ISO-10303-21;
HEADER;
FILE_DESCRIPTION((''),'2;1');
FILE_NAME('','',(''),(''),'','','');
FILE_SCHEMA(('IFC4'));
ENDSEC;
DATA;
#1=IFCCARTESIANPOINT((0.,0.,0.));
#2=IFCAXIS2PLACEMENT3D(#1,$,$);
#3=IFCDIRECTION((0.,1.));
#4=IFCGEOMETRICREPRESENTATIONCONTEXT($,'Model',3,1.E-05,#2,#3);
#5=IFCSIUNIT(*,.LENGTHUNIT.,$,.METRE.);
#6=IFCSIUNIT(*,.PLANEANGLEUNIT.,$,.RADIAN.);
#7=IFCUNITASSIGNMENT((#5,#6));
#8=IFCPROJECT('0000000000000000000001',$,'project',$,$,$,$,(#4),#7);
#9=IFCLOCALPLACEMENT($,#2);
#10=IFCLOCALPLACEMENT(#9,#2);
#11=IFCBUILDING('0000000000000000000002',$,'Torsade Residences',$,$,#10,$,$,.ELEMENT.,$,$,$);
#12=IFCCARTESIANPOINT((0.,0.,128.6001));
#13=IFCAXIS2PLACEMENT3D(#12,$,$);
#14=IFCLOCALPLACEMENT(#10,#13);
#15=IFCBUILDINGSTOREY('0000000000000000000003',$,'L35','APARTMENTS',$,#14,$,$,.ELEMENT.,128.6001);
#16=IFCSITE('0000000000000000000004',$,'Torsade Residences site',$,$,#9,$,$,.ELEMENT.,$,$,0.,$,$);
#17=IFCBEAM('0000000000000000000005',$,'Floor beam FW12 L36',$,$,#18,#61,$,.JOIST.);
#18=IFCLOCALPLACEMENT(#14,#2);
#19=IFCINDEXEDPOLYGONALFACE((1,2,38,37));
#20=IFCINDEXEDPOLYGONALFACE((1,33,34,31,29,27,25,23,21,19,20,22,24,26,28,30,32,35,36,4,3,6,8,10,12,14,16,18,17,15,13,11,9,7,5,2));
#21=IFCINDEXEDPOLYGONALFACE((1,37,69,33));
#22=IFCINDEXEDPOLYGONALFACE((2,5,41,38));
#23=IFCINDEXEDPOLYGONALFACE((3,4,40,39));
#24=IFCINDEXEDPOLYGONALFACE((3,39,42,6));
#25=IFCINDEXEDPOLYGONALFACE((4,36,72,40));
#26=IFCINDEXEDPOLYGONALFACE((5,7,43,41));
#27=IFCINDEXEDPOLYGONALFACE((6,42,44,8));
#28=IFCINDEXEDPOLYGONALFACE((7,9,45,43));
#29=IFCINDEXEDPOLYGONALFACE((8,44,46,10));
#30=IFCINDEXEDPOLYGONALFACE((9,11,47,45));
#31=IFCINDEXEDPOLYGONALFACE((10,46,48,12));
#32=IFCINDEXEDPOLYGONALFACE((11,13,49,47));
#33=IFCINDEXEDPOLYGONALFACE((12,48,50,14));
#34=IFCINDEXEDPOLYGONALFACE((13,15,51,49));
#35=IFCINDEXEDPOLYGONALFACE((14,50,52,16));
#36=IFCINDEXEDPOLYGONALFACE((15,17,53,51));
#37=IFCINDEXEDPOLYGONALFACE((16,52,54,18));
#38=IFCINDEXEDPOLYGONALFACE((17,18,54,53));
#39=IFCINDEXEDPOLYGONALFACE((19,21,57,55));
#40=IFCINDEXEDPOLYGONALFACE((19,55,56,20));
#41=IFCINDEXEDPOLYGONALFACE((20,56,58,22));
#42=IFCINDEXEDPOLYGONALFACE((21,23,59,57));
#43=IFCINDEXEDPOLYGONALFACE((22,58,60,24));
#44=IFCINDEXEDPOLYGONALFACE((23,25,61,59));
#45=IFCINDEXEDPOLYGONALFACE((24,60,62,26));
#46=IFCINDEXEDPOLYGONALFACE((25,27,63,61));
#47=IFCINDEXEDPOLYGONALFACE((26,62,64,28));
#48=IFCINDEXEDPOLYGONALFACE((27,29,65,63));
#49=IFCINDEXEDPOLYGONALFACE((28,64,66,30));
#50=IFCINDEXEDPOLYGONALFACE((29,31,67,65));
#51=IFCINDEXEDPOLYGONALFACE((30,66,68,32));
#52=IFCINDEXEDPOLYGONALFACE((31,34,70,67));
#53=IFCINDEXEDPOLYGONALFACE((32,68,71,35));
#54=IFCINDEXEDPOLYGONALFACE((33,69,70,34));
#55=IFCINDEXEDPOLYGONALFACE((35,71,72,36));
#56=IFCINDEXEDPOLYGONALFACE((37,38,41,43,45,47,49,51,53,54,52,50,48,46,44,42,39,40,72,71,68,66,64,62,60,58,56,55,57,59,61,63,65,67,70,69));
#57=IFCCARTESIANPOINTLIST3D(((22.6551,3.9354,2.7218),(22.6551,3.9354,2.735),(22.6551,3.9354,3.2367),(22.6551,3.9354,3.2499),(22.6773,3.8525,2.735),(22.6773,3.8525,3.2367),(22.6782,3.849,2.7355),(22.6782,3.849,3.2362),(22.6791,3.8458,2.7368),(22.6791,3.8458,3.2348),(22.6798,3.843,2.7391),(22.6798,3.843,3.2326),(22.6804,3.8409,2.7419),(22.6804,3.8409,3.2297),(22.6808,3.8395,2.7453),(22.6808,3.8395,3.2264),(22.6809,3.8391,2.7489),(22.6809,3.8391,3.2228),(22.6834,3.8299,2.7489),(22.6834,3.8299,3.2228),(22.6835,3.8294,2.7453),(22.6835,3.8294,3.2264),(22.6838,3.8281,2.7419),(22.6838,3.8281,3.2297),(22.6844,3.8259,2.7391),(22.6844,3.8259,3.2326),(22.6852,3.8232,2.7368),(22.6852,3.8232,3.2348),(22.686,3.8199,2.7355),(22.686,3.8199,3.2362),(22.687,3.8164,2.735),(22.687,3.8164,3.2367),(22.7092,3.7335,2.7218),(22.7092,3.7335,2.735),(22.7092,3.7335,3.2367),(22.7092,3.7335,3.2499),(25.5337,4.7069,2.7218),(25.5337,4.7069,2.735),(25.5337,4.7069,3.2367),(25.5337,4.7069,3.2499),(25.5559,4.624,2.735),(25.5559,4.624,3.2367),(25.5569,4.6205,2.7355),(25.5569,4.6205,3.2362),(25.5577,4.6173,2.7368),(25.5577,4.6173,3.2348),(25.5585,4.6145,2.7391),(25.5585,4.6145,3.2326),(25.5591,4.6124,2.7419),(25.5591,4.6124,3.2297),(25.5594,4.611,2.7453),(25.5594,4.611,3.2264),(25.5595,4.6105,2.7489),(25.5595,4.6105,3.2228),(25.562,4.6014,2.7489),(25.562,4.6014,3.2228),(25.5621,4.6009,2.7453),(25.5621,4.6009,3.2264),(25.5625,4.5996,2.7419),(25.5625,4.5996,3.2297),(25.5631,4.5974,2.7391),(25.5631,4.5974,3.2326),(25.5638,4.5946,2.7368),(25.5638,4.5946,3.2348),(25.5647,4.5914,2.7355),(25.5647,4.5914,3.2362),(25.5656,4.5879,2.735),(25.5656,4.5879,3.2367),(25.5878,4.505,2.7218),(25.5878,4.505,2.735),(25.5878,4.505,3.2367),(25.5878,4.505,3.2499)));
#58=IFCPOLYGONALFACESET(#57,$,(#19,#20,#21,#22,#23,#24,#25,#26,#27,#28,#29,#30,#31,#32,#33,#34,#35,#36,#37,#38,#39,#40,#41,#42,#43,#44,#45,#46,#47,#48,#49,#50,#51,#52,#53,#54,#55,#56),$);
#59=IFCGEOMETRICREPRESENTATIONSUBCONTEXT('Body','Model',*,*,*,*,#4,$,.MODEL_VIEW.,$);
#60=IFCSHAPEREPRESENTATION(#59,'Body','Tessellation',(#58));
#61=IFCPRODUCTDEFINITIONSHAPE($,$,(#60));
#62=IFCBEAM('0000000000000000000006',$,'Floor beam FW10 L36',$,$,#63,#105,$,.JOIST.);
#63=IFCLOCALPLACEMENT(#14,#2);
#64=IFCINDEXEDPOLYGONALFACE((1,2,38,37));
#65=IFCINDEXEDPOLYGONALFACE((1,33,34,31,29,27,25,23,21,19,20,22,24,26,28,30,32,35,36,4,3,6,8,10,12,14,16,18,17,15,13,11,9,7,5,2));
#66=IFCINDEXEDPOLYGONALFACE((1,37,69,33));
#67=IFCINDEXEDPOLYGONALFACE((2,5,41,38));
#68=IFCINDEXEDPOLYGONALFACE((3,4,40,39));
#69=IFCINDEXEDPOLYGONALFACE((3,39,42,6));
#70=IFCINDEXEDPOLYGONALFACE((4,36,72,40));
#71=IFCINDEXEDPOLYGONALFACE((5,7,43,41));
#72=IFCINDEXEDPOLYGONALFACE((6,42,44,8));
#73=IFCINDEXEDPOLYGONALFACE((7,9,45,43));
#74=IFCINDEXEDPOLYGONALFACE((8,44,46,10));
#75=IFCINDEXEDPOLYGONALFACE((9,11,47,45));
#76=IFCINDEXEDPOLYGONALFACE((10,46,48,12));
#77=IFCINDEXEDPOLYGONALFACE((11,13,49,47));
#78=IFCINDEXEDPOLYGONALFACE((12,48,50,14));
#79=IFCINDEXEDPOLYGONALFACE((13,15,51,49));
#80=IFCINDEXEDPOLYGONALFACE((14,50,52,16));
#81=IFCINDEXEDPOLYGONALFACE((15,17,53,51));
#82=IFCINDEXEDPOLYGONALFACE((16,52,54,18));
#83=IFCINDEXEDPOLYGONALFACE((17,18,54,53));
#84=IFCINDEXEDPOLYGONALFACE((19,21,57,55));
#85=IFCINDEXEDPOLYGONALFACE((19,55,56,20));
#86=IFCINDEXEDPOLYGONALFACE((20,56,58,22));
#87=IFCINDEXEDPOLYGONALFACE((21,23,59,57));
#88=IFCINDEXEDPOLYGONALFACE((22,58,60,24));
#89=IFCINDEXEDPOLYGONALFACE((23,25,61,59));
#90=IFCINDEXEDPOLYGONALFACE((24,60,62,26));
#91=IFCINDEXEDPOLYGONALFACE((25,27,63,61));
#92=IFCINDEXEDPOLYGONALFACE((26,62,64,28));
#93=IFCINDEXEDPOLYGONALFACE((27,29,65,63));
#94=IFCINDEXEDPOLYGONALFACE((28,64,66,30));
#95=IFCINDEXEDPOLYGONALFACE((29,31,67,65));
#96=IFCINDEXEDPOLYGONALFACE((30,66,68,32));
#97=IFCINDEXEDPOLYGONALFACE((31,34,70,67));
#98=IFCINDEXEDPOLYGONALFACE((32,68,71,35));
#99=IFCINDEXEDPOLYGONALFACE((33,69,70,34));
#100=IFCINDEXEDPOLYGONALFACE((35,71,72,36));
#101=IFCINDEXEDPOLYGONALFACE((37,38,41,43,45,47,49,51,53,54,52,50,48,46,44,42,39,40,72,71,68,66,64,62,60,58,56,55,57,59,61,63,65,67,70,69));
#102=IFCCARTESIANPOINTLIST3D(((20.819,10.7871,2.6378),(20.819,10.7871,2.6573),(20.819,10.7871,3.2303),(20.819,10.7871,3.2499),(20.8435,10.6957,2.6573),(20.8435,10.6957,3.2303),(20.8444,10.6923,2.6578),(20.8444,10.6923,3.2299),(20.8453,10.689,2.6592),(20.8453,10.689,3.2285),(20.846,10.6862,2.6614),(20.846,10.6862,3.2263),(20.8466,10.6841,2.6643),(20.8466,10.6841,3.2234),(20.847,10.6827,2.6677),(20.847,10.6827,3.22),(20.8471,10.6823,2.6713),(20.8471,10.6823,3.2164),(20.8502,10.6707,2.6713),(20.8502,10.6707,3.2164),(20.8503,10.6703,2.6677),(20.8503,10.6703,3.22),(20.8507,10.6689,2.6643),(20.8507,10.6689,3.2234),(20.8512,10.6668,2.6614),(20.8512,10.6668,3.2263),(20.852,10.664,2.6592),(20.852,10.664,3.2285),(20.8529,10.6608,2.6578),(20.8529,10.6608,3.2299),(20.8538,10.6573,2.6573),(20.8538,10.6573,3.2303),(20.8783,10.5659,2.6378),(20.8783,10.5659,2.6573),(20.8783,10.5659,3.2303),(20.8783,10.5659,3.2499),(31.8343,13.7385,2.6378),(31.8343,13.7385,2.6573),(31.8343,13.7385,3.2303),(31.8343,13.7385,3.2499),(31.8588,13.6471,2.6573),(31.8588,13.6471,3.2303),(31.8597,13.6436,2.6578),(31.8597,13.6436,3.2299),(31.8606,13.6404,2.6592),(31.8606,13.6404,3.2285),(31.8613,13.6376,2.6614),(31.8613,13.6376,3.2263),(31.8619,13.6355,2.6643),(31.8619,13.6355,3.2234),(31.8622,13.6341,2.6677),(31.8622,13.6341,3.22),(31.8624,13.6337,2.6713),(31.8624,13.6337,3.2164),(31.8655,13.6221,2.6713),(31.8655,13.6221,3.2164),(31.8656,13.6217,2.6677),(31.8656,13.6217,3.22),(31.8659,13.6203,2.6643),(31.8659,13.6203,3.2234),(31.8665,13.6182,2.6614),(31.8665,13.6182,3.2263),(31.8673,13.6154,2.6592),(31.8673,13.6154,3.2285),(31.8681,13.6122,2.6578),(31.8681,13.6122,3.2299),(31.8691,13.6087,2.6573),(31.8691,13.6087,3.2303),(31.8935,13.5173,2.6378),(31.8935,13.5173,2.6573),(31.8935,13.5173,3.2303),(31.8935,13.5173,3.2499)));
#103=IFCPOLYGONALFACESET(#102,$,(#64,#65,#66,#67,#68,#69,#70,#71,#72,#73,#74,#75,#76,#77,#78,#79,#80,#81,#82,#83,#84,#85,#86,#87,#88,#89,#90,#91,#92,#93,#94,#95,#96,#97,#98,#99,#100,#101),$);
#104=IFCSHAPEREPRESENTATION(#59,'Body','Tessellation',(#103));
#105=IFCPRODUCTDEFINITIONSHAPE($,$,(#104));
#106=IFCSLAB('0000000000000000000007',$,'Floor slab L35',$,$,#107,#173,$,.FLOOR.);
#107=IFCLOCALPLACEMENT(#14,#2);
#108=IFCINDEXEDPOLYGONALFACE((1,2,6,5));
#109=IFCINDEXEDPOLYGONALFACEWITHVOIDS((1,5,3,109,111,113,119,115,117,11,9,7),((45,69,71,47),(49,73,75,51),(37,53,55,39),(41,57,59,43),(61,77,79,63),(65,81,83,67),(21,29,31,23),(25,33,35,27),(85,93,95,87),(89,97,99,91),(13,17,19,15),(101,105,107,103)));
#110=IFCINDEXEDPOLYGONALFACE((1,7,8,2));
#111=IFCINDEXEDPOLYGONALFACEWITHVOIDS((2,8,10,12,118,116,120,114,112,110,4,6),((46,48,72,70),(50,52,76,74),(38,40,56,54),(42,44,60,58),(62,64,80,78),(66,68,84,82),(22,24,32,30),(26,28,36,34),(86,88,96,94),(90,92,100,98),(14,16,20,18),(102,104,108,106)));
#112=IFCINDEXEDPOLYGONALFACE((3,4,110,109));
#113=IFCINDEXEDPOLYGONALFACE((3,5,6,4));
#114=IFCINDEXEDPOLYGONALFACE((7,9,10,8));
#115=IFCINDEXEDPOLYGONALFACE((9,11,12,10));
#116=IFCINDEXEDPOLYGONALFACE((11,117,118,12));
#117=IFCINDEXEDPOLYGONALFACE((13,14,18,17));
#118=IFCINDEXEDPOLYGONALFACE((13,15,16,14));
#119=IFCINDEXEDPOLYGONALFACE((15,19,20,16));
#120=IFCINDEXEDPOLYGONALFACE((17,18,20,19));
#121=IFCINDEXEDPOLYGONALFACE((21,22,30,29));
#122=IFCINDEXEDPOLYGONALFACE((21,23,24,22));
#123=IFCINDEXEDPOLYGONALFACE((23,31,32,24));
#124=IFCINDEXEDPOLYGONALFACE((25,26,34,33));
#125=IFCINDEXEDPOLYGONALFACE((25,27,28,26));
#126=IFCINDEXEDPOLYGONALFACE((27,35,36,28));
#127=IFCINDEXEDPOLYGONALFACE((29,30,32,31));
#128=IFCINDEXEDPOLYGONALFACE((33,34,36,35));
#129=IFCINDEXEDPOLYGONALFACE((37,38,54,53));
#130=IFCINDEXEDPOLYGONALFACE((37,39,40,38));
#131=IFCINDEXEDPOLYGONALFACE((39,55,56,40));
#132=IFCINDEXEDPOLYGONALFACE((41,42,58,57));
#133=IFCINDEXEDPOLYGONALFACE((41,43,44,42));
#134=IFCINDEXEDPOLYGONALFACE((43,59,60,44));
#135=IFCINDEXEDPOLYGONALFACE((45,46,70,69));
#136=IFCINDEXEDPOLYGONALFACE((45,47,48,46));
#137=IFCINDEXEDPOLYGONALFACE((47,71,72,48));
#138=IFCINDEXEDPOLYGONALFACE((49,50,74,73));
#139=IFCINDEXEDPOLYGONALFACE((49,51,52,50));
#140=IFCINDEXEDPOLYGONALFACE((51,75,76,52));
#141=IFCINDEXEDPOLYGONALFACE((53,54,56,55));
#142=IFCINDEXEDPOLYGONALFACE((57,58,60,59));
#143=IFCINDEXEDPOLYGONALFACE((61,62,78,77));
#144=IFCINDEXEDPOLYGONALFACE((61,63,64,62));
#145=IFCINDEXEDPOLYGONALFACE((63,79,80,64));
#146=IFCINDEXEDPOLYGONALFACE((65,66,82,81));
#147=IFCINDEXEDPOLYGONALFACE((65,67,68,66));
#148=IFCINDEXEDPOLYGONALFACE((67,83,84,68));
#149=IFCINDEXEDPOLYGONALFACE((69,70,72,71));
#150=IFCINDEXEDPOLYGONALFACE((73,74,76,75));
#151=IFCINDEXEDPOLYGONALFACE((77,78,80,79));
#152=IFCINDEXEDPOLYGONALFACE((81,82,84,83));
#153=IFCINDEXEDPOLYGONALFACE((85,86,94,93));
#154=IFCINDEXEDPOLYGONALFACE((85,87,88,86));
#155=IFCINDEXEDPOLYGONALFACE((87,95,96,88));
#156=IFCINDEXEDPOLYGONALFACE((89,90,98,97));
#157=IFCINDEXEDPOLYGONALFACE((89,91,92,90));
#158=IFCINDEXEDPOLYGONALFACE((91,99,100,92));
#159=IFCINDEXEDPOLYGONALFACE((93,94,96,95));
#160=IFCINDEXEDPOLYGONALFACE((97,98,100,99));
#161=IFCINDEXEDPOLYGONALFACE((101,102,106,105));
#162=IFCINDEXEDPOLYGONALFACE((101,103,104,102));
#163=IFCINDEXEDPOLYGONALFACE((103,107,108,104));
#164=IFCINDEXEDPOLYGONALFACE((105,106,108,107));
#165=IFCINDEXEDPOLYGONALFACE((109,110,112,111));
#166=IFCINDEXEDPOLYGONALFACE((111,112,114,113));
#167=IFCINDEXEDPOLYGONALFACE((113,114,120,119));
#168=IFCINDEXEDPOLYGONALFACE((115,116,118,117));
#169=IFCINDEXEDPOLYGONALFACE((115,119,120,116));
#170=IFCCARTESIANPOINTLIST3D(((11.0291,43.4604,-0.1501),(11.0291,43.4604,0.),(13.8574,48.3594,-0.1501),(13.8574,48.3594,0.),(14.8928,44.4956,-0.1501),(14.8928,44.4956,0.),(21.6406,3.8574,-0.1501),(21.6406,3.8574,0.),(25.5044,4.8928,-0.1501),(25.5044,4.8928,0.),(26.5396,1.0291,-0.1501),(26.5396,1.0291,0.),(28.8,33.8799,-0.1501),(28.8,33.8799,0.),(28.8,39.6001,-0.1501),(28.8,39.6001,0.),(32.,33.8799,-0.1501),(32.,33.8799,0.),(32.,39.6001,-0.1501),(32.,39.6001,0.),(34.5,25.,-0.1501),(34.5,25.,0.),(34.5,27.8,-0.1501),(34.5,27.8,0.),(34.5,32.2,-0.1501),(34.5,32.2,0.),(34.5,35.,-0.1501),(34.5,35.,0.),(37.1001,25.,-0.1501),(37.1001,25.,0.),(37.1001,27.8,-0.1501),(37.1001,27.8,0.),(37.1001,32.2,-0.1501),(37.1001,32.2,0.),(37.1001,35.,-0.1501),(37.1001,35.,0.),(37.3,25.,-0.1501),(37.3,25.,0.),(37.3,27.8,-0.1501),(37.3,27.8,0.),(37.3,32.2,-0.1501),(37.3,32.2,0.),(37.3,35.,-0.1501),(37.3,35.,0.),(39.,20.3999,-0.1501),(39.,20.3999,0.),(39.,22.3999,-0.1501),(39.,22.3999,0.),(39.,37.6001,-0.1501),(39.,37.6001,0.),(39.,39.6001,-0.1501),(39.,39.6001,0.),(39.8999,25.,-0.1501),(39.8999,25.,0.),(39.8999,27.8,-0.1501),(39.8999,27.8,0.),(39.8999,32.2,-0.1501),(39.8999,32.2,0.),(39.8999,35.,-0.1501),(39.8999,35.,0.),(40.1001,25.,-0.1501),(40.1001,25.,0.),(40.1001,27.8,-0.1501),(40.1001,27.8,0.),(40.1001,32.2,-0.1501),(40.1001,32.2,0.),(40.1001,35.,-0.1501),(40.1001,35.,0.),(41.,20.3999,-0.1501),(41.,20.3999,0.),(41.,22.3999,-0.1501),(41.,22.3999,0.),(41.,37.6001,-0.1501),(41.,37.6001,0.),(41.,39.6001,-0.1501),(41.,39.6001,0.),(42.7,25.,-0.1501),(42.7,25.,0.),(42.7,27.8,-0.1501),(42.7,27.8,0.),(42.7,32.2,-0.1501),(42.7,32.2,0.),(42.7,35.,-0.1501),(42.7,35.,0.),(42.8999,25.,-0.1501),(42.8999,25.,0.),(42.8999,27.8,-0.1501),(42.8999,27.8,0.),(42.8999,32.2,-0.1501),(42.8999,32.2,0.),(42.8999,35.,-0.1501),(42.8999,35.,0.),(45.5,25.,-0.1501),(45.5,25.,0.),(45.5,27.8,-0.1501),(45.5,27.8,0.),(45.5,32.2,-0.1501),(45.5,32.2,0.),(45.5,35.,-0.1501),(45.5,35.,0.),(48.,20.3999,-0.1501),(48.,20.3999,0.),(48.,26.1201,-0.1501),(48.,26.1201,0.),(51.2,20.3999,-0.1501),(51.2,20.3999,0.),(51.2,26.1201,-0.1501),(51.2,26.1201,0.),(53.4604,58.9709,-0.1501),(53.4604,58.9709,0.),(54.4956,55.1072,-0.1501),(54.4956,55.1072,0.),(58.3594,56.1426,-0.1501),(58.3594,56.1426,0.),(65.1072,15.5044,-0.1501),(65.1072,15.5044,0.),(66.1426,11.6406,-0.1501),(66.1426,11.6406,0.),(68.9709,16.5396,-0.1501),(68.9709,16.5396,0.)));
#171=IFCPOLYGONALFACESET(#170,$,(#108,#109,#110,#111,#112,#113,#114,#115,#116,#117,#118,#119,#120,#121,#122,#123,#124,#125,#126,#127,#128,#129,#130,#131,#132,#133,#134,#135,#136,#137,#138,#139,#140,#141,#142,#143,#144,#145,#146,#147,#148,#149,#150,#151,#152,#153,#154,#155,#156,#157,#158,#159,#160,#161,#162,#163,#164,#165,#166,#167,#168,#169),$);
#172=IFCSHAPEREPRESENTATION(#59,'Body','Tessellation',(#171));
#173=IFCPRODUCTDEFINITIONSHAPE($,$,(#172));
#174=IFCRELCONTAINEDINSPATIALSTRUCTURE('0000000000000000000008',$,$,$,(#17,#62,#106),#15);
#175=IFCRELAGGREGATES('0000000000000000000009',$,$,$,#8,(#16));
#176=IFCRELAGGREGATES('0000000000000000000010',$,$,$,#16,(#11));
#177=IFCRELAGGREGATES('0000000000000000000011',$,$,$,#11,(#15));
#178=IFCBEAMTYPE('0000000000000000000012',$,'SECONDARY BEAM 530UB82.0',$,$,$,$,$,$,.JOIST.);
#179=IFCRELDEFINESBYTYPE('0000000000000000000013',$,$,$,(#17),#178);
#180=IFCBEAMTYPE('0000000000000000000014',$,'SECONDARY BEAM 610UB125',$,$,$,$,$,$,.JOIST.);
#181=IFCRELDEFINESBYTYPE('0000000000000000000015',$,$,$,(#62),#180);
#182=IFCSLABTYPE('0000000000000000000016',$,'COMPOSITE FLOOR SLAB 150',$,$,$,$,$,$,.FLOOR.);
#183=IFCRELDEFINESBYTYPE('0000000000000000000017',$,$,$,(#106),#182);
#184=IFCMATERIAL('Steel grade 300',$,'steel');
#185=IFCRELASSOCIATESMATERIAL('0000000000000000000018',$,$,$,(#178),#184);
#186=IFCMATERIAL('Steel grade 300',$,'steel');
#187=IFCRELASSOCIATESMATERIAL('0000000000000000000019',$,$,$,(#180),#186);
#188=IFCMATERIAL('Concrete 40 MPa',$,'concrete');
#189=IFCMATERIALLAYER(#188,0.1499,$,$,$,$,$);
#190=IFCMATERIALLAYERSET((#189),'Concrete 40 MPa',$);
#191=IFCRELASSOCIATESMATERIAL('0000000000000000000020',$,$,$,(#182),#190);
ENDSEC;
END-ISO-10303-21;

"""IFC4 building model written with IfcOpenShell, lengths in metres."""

from ifc_helpers import new_model, si_unit, direction, frame, origin, origin_2d, place, context, subcontext, project, spatial, polyline, i_section, outline, extrude, material, layer, layer_set, material_profile, profile_set, type_object, element, save


model = new_model("IFC4")

# Units and contexts
model_context = context("Model", 3, precision=1e-05, world=origin(), true_north=direction((0.0, 1.0)))
body_context = subcontext(model_context, "Body", "Model", "MODEL_VIEW")
ifc_project = project(units=[si_unit("LENGTHUNIT", "METRE"), si_unit("PLANEANGLEUNIT", "RADIAN")], contexts=[model_context])

# Site, building, storey
site_placement = place(None, origin())
site = spatial("IfcSite", under=ifc_project, at=site_placement, Name="Torsade Residences site", CompositionType="ELEMENT", RefElevation=0.0)
building_placement = place(site_placement, origin())
building = spatial("IfcBuilding", under=site, at=building_placement, Name="Torsade Residences", CompositionType="ELEMENT")
storey_placement = place(building_placement, frame((0.0, 0.0, 128.6001)))
storey = spatial("IfcBuildingStorey", under=building, at=storey_placement, Name="L35", Description="APARTMENTS", CompositionType="ELEMENT", Elevation=128.6001)

# Beams
ifc_material_1 = material(Name="Steel grade 300", Category="steel")
ifc_material_profile_1 = material_profile(ifc_material_1, i_section(OverallWidth=0.209, OverallDepth=0.5281, WebThickness=0.0095, FlangeThickness=0.0132, FilletRadius=0.0139, at=origin_2d()), Name="530UB82.0")
ifc_profile_set_1 = profile_set([ifc_material_profile_1], Name="Steel grade 300")
beam_type_1 = type_object("IfcBeamType", Name="SECONDARY BEAM 530UB82.0", PredefinedType="JOIST", material=ifc_profile_set_1)
beam_1_placement = place(storey_placement, frame((22.6821, 3.8345, 2.9858), z_axis=(0.965913, 0.258866, 0.0), x_axis=(-0.258866, 0.965913, 0.0)))
element("IfcBeam", 1, at=beam_1_placement, inside=storey, type_object=beam_type_1, Name="Floor beam FW12 L36", PredefinedType="JOIST", context=body_context, shape_type="SweptSolid", body=[
    extrude(i_section(OverallWidth=0.209, OverallDepth=0.5281, WebThickness=0.0095, FlangeThickness=0.0132, FilletRadius=0.0139, at=origin_2d()), origin(), (0.0, 0.0, 1.0), 2.9802),
])
ifc_material_2 = material(Name="Steel grade 300", Category="steel")
ifc_material_profile_2 = material_profile(ifc_material_2, i_section(OverallWidth=0.229, OverallDepth=0.6121, WebThickness=0.012, FlangeThickness=0.0195, FilletRadius=0.0139, at=origin_2d()), Name="610UB125")
ifc_profile_set_2 = profile_set([ifc_material_profile_2], Name="Steel grade 300")
beam_type_2 = type_object("IfcBeamType", Name="SECONDARY BEAM 610UB125", PredefinedType="JOIST", material=ifc_profile_set_2)
beam_2_placement = place(storey_placement, frame((20.8486, 10.6765, 2.9438), z_axis=(0.965929, 0.258807, 0.0), x_axis=(-0.258807, 0.965929, 0.0)))
element("IfcBeam", 2, at=beam_2_placement, inside=storey, type_object=beam_type_2, Name="Floor beam FW10 L36", PredefinedType="JOIST", context=body_context, shape_type="SweptSolid", body=[
    extrude(i_section(OverallWidth=0.229, OverallDepth=0.6121, WebThickness=0.012, FlangeThickness=0.0195, FilletRadius=0.0139, at=origin_2d()), origin(), (0.0, 0.0, 1.0), 11.4038),
])

# Slab
ifc_material_3 = material(Name="Concrete 40 MPa", Category="concrete")
ifc_layer_1 = layer(ifc_material_3, 0.1499)
ifc_layer_set_1 = layer_set([ifc_layer_1], Name="Concrete 40 MPa")
slab_type_1 = type_object("IfcSlabType", Name="COMPOSITE FLOOR SLAB 150", PredefinedType="FLOOR", material=ifc_layer_set_1)
slab_1_placement = place(storey_placement, frame((0.0, 0.0, -0.1501)))
element("IfcSlab", 3, at=slab_1_placement, inside=storey, type_object=slab_type_1, Name="Floor slab L35", PredefinedType="FLOOR", context=body_context, shape_type="SweptSolid", body=[
    extrude(outline(polyline([(26.5396, 1.0291), (66.1426, 11.6406), (65.1072, 15.5044), (68.9709, 16.5396), (58.3594, 56.1426), (54.4956, 55.1072), (53.4604, 58.9709), (13.8574, 48.3594), (14.8928, 44.4956), (11.0291, 43.4604), (21.6406, 3.8574), (25.5044, 4.8928), (26.5396, 1.0291)]), holes=[polyline([(51.2, 20.3999), (51.2, 26.1201), (48.0, 26.1201), (48.0, 20.3999), (51.2, 20.3999)]), polyline([(45.5, 27.8), (42.8999, 27.8), (42.8999, 25.0), (45.5, 25.0), (45.5, 27.8)]), polyline([(45.5, 32.2), (45.5, 35.0), (42.8999, 35.0), (42.8999, 32.2), (45.5, 32.2)]), polyline([(42.7, 25.0), (42.7, 27.8), (40.1001, 27.8), (40.1001, 25.0), (42.7, 25.0)]), polyline([(42.7, 32.2), (42.7, 35.0), (40.1001, 35.0), (40.1001, 32.2), (42.7, 32.2)]), polyline([(41.0, 22.3999), (39.0, 22.3999), (39.0, 20.3999), (41.0, 20.3999), (41.0, 22.3999)]), polyline([(41.0, 37.6001), (41.0, 39.6001), (39.0, 39.6001), (39.0, 37.6001), (41.0, 37.6001)]), polyline([(39.8999, 25.0), (39.8999, 27.8), (37.3, 27.8), (37.3, 25.0), (39.8999, 25.0)]), polyline([(39.8999, 35.0), (37.3, 35.0), (37.3, 32.2), (39.8999, 32.2), (39.8999, 35.0)]), polyline([(37.1001, 27.8), (34.5, 27.8), (34.5, 25.0), (37.1001, 25.0), (37.1001, 27.8)]), polyline([(37.1001, 32.2), (37.1001, 35.0), (34.5, 35.0), (34.5, 32.2), (37.1001, 32.2)]), polyline([(32.0, 33.8799), (32.0, 39.6001), (28.8, 39.6001), (28.8, 33.8799), (32.0, 33.8799)])]), origin(), (0.0, 0.0, 1.0), 0.1501),
])

save(model, "model.ifc")
